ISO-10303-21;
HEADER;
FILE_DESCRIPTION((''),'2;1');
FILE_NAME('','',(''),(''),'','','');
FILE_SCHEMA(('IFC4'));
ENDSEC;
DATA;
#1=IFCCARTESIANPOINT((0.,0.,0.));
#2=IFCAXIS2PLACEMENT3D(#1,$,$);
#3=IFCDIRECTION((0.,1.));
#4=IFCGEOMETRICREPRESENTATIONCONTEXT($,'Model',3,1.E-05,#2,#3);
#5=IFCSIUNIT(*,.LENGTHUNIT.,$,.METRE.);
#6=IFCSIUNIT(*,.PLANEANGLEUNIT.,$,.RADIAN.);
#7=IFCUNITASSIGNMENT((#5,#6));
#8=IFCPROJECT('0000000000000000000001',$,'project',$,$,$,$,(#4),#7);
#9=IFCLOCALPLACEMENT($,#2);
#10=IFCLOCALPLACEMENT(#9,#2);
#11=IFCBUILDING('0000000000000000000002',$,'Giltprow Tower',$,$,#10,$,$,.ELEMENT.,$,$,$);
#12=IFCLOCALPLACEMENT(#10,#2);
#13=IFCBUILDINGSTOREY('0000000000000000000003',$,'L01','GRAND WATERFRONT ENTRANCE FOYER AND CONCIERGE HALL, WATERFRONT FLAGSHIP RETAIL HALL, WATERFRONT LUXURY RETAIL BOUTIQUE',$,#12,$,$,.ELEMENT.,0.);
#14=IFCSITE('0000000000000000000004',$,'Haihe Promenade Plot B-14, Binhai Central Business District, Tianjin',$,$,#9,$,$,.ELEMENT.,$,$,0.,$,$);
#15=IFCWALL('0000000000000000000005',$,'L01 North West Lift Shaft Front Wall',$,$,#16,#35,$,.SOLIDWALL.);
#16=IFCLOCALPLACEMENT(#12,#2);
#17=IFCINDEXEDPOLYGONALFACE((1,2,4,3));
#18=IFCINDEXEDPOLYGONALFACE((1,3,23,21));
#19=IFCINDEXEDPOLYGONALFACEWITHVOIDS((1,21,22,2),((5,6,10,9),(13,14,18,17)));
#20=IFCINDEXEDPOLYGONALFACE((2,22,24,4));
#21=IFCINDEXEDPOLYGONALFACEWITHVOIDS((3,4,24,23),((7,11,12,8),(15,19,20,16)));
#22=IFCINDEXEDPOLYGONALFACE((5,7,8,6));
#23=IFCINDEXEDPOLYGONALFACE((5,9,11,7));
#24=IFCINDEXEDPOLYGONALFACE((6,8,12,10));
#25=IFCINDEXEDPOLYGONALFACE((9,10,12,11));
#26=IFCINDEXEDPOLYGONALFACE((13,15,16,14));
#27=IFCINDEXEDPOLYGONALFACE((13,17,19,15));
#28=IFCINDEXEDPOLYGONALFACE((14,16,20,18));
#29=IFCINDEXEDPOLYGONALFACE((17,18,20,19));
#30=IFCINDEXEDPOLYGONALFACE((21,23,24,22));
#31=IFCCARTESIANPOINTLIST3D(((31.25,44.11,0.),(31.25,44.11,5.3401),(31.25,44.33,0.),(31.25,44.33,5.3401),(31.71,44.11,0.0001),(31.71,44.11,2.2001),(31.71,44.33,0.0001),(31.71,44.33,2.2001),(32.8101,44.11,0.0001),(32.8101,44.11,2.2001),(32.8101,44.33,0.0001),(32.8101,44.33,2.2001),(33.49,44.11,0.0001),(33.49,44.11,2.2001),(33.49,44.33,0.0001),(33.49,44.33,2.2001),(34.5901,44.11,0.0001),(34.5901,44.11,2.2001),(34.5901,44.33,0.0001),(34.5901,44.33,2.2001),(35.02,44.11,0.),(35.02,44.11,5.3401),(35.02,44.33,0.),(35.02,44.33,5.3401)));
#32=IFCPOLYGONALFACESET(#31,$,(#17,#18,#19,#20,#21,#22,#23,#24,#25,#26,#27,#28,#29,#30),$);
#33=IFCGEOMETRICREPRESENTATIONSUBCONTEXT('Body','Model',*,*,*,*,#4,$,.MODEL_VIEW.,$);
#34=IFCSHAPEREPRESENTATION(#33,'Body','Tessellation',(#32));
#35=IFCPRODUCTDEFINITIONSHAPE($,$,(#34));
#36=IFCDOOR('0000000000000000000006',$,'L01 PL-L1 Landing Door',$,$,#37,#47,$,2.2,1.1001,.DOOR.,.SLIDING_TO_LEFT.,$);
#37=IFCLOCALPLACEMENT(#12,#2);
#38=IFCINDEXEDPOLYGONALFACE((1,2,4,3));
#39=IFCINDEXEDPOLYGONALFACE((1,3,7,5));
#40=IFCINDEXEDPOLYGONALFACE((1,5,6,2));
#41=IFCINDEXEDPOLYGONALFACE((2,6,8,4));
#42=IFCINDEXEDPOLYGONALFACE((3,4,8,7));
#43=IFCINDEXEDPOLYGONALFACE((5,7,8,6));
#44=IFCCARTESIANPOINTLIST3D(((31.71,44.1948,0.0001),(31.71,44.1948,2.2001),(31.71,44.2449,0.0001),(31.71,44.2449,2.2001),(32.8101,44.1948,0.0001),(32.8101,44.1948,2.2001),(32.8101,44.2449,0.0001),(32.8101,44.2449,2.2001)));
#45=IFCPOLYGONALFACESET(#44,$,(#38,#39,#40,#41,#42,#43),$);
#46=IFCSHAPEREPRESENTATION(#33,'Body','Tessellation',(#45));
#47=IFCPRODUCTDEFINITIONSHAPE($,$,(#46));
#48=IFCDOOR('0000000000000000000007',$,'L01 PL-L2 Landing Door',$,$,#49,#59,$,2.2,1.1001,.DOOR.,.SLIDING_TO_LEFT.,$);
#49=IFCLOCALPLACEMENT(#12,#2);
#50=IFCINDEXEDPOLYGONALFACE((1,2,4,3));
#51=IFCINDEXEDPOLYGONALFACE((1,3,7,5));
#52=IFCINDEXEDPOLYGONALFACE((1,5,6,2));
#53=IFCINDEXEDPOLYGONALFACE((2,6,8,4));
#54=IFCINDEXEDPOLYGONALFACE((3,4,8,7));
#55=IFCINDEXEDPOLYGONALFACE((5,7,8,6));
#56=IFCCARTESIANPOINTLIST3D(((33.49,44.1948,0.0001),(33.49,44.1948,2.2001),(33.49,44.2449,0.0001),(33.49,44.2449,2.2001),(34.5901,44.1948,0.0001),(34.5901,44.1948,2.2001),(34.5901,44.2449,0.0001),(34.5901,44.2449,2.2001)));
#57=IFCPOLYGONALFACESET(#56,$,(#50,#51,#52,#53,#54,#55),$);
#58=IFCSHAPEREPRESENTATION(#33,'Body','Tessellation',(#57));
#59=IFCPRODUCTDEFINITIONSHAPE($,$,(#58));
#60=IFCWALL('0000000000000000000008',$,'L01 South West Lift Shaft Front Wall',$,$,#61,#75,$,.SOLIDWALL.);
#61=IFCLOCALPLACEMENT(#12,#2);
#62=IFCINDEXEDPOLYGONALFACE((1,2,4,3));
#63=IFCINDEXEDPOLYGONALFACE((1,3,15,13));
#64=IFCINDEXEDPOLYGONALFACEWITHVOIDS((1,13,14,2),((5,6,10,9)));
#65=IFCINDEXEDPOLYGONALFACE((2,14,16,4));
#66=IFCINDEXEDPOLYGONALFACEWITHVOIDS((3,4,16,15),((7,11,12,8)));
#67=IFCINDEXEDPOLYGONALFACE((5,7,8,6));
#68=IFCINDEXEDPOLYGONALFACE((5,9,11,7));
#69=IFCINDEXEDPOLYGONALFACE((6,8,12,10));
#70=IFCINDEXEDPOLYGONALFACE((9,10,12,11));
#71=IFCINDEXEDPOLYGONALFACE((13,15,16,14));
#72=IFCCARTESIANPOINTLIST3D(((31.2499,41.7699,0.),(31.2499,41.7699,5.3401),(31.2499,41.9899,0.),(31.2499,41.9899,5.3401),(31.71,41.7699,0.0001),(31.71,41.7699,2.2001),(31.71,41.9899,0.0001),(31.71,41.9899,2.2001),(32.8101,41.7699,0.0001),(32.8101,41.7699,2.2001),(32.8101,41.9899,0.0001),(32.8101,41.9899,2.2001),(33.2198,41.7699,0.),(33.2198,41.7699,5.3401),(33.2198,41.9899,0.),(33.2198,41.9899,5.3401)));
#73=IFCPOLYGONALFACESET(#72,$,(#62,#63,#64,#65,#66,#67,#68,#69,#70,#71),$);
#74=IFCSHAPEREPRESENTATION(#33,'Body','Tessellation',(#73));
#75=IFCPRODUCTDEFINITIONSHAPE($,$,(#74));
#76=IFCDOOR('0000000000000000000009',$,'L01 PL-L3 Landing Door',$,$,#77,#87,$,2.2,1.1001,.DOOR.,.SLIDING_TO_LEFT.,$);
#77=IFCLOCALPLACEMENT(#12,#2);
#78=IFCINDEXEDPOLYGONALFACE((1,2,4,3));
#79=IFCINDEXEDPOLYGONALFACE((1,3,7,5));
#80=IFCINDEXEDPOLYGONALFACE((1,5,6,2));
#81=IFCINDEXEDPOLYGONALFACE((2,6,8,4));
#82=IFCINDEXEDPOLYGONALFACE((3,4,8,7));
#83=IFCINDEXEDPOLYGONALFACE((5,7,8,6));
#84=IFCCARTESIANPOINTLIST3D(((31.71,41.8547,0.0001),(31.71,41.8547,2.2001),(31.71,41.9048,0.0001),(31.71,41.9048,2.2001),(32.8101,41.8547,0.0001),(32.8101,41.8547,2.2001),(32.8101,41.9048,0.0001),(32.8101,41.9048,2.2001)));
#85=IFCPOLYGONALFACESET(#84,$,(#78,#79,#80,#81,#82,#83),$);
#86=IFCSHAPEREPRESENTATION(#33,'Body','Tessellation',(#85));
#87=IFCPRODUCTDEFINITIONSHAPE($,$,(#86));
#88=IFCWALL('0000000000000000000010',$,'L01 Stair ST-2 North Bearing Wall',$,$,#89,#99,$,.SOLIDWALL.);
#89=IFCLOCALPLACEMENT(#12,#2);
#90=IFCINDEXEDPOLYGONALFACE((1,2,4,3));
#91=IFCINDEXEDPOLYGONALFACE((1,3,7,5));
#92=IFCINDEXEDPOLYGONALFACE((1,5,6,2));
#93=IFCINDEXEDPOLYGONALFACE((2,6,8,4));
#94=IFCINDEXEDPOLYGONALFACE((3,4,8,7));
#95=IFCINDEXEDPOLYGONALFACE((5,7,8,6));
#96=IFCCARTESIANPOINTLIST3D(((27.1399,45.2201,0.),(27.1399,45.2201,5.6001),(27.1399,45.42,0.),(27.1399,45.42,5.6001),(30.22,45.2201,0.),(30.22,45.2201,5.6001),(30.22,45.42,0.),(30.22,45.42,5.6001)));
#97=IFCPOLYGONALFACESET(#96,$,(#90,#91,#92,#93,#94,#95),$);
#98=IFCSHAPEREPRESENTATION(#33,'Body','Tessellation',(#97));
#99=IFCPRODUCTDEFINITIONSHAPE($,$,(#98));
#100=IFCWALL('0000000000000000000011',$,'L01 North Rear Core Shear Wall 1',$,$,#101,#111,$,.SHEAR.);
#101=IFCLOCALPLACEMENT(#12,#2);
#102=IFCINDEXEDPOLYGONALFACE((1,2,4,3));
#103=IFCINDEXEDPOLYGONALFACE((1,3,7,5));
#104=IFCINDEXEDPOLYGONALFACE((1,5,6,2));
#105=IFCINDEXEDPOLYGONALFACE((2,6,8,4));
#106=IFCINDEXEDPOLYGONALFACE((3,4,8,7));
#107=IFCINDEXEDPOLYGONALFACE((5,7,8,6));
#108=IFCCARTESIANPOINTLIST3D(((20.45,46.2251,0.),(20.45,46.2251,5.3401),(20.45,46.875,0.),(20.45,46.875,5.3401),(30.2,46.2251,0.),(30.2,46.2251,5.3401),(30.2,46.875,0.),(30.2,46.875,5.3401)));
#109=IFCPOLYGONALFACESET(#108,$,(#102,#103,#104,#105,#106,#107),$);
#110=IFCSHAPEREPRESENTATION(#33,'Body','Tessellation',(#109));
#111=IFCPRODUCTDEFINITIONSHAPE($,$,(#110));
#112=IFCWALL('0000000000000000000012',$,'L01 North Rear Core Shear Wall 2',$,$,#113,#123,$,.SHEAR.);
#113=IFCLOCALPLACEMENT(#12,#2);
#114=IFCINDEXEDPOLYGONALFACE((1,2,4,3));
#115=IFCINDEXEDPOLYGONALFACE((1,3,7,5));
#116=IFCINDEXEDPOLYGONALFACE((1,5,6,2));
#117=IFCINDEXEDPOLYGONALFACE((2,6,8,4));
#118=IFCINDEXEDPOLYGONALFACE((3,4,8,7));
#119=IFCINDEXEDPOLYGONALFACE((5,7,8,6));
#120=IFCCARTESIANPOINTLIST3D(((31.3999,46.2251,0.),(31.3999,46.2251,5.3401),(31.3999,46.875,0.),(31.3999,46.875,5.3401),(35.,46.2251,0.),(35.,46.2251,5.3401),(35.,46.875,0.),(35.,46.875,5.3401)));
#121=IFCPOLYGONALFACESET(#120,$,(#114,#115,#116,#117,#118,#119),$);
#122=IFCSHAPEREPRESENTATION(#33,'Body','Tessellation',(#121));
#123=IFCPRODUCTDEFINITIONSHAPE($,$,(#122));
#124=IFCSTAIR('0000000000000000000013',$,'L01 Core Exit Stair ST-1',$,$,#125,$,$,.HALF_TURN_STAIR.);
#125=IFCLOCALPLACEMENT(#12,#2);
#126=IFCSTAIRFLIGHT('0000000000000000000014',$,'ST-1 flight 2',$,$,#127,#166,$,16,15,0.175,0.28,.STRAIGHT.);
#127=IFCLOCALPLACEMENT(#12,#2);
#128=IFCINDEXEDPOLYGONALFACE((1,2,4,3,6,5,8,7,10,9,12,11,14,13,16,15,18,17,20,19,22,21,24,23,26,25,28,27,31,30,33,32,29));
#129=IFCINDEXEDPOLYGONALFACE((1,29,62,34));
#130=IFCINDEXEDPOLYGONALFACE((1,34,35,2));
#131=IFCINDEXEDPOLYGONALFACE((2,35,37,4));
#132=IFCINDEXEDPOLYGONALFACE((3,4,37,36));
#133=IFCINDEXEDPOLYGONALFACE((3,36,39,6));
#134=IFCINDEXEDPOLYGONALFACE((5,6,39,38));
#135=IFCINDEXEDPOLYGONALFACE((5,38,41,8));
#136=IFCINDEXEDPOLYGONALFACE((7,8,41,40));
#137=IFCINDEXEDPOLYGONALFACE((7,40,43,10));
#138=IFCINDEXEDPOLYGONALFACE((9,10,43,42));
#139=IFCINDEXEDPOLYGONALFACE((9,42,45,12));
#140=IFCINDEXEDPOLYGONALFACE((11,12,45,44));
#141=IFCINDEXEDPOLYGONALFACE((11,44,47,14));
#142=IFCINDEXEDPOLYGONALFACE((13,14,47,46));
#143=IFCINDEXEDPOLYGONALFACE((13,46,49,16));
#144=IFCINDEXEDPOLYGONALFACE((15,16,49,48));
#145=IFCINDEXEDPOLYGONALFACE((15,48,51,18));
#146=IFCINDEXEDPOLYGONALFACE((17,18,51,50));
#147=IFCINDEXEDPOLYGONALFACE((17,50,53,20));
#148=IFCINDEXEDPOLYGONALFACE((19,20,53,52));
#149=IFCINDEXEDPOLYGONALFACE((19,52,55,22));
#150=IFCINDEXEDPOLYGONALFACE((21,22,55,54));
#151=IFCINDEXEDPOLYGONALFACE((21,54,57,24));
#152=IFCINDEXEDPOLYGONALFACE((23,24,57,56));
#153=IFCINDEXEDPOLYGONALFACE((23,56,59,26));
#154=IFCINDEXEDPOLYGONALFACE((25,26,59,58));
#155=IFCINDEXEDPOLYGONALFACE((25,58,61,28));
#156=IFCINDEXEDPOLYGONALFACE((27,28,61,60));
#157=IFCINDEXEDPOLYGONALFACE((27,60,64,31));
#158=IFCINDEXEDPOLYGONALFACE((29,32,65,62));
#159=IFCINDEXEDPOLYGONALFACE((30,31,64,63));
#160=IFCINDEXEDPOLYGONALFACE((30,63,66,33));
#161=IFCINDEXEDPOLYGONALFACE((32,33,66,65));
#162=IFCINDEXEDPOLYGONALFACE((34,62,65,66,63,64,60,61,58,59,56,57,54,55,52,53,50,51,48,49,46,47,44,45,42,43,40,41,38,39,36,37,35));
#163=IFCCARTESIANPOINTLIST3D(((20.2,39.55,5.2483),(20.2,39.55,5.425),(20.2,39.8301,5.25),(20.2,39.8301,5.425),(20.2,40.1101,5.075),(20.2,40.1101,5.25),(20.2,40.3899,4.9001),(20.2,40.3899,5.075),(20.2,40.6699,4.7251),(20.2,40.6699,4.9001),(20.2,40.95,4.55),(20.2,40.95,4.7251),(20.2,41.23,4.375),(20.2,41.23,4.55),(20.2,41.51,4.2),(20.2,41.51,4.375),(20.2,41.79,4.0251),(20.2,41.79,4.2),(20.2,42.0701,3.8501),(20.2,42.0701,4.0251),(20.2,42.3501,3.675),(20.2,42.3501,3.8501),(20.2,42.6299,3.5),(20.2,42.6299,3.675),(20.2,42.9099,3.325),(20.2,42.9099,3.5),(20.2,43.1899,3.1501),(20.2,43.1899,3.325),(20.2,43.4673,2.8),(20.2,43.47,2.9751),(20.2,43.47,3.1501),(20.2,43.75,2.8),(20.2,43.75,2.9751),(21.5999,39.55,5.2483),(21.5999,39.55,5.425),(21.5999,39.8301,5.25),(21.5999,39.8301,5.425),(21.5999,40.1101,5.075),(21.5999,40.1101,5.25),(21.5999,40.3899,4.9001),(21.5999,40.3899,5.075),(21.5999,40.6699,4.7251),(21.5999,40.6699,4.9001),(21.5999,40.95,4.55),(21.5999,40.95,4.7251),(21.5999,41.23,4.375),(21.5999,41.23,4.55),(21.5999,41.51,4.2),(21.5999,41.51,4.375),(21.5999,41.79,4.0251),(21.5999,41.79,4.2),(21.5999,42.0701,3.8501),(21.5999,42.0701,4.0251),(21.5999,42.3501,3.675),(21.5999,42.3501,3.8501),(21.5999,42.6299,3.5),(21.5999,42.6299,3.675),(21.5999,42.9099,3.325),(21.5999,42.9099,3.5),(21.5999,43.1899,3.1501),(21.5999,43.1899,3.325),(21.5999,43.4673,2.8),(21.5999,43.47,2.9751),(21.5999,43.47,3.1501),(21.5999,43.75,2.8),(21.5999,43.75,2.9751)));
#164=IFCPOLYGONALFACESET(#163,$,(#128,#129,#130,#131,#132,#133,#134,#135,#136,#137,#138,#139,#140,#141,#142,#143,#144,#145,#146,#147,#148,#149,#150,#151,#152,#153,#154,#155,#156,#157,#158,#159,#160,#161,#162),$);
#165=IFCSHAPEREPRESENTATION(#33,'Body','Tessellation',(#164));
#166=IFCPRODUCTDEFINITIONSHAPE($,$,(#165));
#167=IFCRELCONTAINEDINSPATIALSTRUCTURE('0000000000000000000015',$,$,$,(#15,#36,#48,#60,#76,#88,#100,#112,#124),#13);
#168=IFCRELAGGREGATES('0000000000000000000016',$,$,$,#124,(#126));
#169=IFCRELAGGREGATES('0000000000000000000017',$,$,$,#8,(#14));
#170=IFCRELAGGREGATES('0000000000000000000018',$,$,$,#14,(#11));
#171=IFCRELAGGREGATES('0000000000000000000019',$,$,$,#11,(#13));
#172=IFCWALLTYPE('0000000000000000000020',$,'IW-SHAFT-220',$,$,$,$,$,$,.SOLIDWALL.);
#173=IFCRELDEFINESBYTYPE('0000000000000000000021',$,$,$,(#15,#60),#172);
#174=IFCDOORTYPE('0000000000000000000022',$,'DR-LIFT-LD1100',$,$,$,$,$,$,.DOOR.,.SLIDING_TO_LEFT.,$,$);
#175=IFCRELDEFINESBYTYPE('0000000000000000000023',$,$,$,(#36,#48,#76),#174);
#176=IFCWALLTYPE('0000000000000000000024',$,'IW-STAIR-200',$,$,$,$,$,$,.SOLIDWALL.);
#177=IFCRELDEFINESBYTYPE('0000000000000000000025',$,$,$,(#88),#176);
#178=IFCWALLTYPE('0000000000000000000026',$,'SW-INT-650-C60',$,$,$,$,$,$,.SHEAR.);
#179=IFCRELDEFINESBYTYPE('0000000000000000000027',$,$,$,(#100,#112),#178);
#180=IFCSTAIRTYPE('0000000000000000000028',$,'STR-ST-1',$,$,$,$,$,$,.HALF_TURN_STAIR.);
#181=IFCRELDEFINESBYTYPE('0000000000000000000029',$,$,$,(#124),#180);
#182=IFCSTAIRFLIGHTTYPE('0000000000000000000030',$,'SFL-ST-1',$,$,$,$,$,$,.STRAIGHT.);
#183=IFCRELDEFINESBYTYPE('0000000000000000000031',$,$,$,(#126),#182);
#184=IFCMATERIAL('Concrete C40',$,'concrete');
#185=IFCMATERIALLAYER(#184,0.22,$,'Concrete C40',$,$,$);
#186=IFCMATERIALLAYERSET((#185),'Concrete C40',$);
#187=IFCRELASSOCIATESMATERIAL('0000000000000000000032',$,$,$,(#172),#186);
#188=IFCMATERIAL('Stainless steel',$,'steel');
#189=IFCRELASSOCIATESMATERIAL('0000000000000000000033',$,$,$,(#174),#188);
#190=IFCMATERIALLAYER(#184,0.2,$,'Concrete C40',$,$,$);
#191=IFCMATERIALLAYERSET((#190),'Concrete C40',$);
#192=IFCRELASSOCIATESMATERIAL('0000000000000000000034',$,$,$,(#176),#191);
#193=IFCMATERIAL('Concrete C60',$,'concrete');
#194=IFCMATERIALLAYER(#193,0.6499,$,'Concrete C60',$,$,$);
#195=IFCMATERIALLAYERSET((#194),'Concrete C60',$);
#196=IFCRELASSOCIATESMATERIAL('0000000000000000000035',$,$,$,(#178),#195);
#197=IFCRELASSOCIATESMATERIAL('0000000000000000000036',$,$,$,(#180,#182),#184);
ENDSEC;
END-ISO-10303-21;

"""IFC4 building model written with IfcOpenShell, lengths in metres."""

from ifc_helpers import new_model, si_unit, direction, frame, frame_2d, origin, place, context, subcontext, project, spatial, polyline, rectangle, outline, extrude, source, transform, mapped, material, layer, layer_set, type_object, element, fill, aggregate, save


model = new_model("IFC4")

# Units and contexts
model_context = context("Model", 3, precision=1e-05, world=origin(), true_north=direction((0.0, 1.0)))
body_context = subcontext(model_context, "Body", "Model", "MODEL_VIEW")
ifc_project = project(units=[si_unit("LENGTHUNIT", "METRE"), si_unit("PLANEANGLEUNIT", "RADIAN")], contexts=[model_context])

# Site, building, storey
site_placement = place(None, origin())
site = spatial("IfcSite", under=ifc_project, at=site_placement, Name="Haihe Promenade Plot B-14, Binhai Central Business District, Tianjin", CompositionType="ELEMENT", RefElevation=0.0)
building_placement = place(site_placement, origin())
building = spatial("IfcBuilding", under=site, at=building_placement, Name="Giltprow Tower", CompositionType="ELEMENT")
storey_placement = place(building_placement, origin())
storey = spatial("IfcBuildingStorey", under=building, at=storey_placement, Name="L01", Description="GRAND WATERFRONT ENTRANCE FOYER AND CONCIERGE HALL, WATERFRONT FLAGSHIP RETAIL HALL, WATERFRONT LUXURY RETAIL BOUTIQUE", CompositionType="ELEMENT", Elevation=0.0)

# Shared definitions
ifc_material_1 = material(Name="Concrete C60", Category="concrete")

# Shared definitions
ifc_material_2 = material(Name="Concrete C40", Category="concrete")
ifc_layer_1 = layer(ifc_material_2, 0.22, Name="Concrete C40")
ifc_layer_set_1 = layer_set([ifc_layer_1], Name="Concrete C40")
wall_type_1 = type_object("IfcWallType", Name="IW-SHAFT-220", PredefinedType="SOLIDWALL", material=ifc_layer_set_1)

# Wall, openings, doors
wall_1_placement = place(storey_placement, frame((31.25, 44.22, 0.0), z_axis=(0.0, 0.0, 1.0), x_axis=(1.0, 0.0, 0.0)))
wall_1 = element("IfcWall", 1, at=wall_1_placement, inside=storey, type_object=wall_type_1, Name="L01 North West Lift Shaft Front Wall", PredefinedType="SOLIDWALL", context=body_context, shape_type="SweptSolid", body=[
    extrude(rectangle(XDim=3.77, YDim=0.22, at=frame_2d((1.885, 0.0))), origin(), (0.0, 0.0, 1.0), 5.3401),
])
opening_1_placement = place(wall_1_placement, frame((0.46, 0.0, 0.0)))
opening_1 = element("IfcOpeningElement", 2, at=opening_1_placement, cuts=wall_1, PredefinedType="OPENING", context=body_context, shape_type="SweptSolid", body=[
    extrude(rectangle(XDim=1.1001, YDim=2.2, at=frame_2d((0.55, 1.1001))), frame((0.0, 0.1199, 0.0), z_axis=(0.0, -1.0, 0.0), x_axis=(1.0, 0.0, 0.0)), (0.0, 0.0, 1.0), 0.24),
])
opening_2_placement = place(wall_1_placement, frame((2.24, 0.0, 0.0)))
opening_2 = element("IfcOpeningElement", 3, at=opening_2_placement, cuts=wall_1, PredefinedType="OPENING", context=body_context, shape_type="SweptSolid", body=[
    extrude(rectangle(XDim=1.1001, YDim=2.2, at=frame_2d((0.55, 1.1001))), frame((0.0, 0.1199, 0.0), z_axis=(0.0, -1.0, 0.0), x_axis=(1.0, 0.0, 0.0)), (0.0, 0.0, 1.0), 0.24),
])
ifc_material_3 = material(Name="Stainless steel", Category="steel")
door_type = type_object("IfcDoorType", Name="DR-LIFT-LD1100", OperationType="SLIDING_TO_LEFT", PredefinedType="DOOR", material=ifc_material_3)
shared_shape_1 = source(origin(), body_context, "Body", "SweptSolid", [
    extrude(rectangle(XDim=1.1001, YDim=2.2, at=frame_2d((0.55, 1.1001))), frame((0.0, 0.0249, 0.0), z_axis=(0.0, -1.0, 0.0), x_axis=(1.0, 0.0, 0.0)), (0.0, 0.0, 1.0), 0.05),
])
door_1_placement = place(opening_1_placement, origin())
door_1 = element("IfcDoor", 4, at=door_1_placement, inside=storey, type_object=door_type, Name="L01 PL-L1 Landing Door", OperationType="SLIDING_TO_LEFT", OverallHeight=2.2, OverallWidth=1.1001, PredefinedType="DOOR", context=body_context, shape_type="MappedRepresentation", body=[
    mapped(shared_shape_1, transform((0.0, 0.0, 0.0), x_axis=(1.0, 0.0, 0.0), y_axis=(0.0, 1.0, 0.0), z_axis=(0.0, 0.0, 1.0), scale=1.0)),
])
fill(opening_1, door_1)
door_2_placement = place(opening_2_placement, origin())
door_2 = element("IfcDoor", 5, at=door_2_placement, inside=storey, type_object=door_type, Name="L01 PL-L2 Landing Door", OperationType="SLIDING_TO_LEFT", OverallHeight=2.2, OverallWidth=1.1001, PredefinedType="DOOR", context=body_context, shape_type="MappedRepresentation", body=[
    mapped(shared_shape_1, transform((0.0, 0.0, 0.0), x_axis=(1.0, 0.0, 0.0), y_axis=(0.0, 1.0, 0.0), z_axis=(0.0, 0.0, 1.0), scale=1.0)),
])
fill(opening_2, door_2)

# Wall, opening, door
wall_2_placement = place(storey_placement, frame((31.25, 41.8799, 0.0), z_axis=(0.0, 0.0, 1.0), x_axis=(1.0, 0.0, 0.0)))
wall_2 = element("IfcWall", 6, at=wall_2_placement, inside=storey, type_object=wall_type_1, Name="L01 South West Lift Shaft Front Wall", PredefinedType="SOLIDWALL", context=body_context, shape_type="SweptSolid", body=[
    extrude(rectangle(XDim=1.97, YDim=0.22, at=frame_2d((0.9849, 0.0))), origin(), (0.0, 0.0, 1.0), 5.3401),
])
opening_3_placement = place(wall_2_placement, frame((0.46, 0.0, 0.0)))
opening_3 = element("IfcOpeningElement", 7, at=opening_3_placement, cuts=wall_2, PredefinedType="OPENING", context=body_context, shape_type="SweptSolid", body=[
    extrude(rectangle(XDim=1.1001, YDim=2.2, at=frame_2d((0.55, 1.1001))), frame((0.0, 0.1199, 0.0), z_axis=(0.0, -1.0, 0.0), x_axis=(1.0, 0.0, 0.0)), (0.0, 0.0, 1.0), 0.24),
])
door_3_placement = place(opening_3_placement, origin())
door_3 = element("IfcDoor", 8, at=door_3_placement, inside=storey, type_object=door_type, Name="L01 PL-L3 Landing Door", OperationType="SLIDING_TO_LEFT", OverallHeight=2.2, OverallWidth=1.1001, PredefinedType="DOOR", context=body_context, shape_type="MappedRepresentation", body=[
    mapped(shared_shape_1, transform((0.0, 0.0, 0.0), x_axis=(1.0, 0.0, 0.0), y_axis=(0.0, 1.0, 0.0), z_axis=(0.0, 0.0, 1.0), scale=1.0)),
])
fill(opening_3, door_3)

# Walls
ifc_layer_2 = layer(ifc_material_2, 0.2, Name="Concrete C40")
ifc_layer_set_2 = layer_set([ifc_layer_2], Name="Concrete C40")
wall_type_2 = type_object("IfcWallType", Name="IW-STAIR-200", PredefinedType="SOLIDWALL", material=ifc_layer_set_2)
wall_3_placement = place(storey_placement, frame((27.1399, 45.3201, 0.0), z_axis=(0.0, 0.0, 1.0), x_axis=(1.0, 0.0, 0.0)))
element("IfcWall", 9, at=wall_3_placement, inside=storey, type_object=wall_type_2, Name="L01 Stair ST-2 North Bearing Wall", PredefinedType="SOLIDWALL", context=body_context, shape_type="SweptSolid", body=[
    extrude(rectangle(XDim=3.0801, YDim=0.2, at=frame_2d((1.54, 0.0))), origin(), (0.0, 0.0, 1.0), 5.6001),
])
ifc_layer_3 = layer(ifc_material_1, 0.6499, Name="Concrete C60")
ifc_layer_set_3 = layer_set([ifc_layer_3], Name="Concrete C60")
wall_type_3 = type_object("IfcWallType", Name="SW-INT-650-C60", PredefinedType="SHEAR", material=ifc_layer_set_3)
wall_4_placement = place(storey_placement, frame((20.45, 46.55, 0.0), z_axis=(0.0, 0.0, 1.0), x_axis=(1.0, 0.0, 0.0)))
element("IfcWall", 10, at=wall_4_placement, inside=storey, type_object=wall_type_3, Name="L01 North Rear Core Shear Wall 1", PredefinedType="SHEAR", context=body_context, shape_type="SweptSolid", body=[
    extrude(rectangle(XDim=9.75, YDim=0.6499, at=frame_2d((4.875, 0.0))), origin(), (0.0, 0.0, 1.0), 5.3401),
])
wall_5_placement = place(storey_placement, frame((31.3999, 46.55, 0.0), z_axis=(0.0, 0.0, 1.0), x_axis=(1.0, 0.0, 0.0)))
element("IfcWall", 11, at=wall_5_placement, inside=storey, type_object=wall_type_3, Name="L01 North Rear Core Shear Wall 2", PredefinedType="SHEAR", context=body_context, shape_type="SweptSolid", body=[
    extrude(rectangle(XDim=3.6001, YDim=0.6499, at=frame_2d((1.8, 0.0))), origin(), (0.0, 0.0, 1.0), 5.3401),
])

# Stair, stair flight
stair_type_1 = type_object("IfcStairType", Name="STR-ST-1", PredefinedType="HALF_TURN_STAIR", material=ifc_material_2)
stair_1_placement = place(storey_placement, origin())
stair_1 = element("IfcStair", 12, at=stair_1_placement, inside=storey, type_object=stair_type_1, Name="L01 Core Exit Stair ST-1", PredefinedType="HALF_TURN_STAIR")
stair_flight_type_1 = type_object("IfcStairFlightType", Name="SFL-ST-1", PredefinedType="STRAIGHT", material=ifc_material_2)
stair_flight_1_placement = place(storey_placement, frame((20.8999, 43.75, 2.8), z_axis=(0.0, 0.0, 1.0), x_axis=(0.0, -1.0, 0.0)))
stair_flight_1 = element("IfcStairFlight", 13, at=stair_flight_1_placement, type_object=stair_flight_type_1, Name="ST-1 flight 2", NumberOfRisers=16, NumberOfTreads=15, PredefinedType="STRAIGHT", RiserHeight=0.175, TreadLength=0.28, context=body_context, shape_type="SweptSolid", body=[
    extrude(outline(polyline([(0.0, 0.0), (0.0, 0.175), (0.28, 0.175), (0.28, 0.3501), (0.5601, 0.3501), (0.5601, 0.5249), (0.8401, 0.5249), (0.8401, 0.7), (1.1201, 0.7), (1.1201, 0.875), (1.3999, 0.875), (1.3999, 1.05), (1.6799, 1.05), (1.6799, 1.2251), (1.96, 1.2251), (1.96, 1.3999), (2.24, 1.3999), (2.24, 1.575), (2.52, 1.575), (2.52, 1.75), (2.8, 1.75), (2.8, 1.925), (3.0801, 1.925), (3.0801, 2.1001), (3.3601, 2.1001), (3.3601, 2.2749), (3.6399, 2.2749), (3.6399, 2.45), (3.9199, 2.45), (3.9199, 2.625), (4.2, 2.625), (4.2, 2.8), (4.2, 2.4482), (0.2827, 0.0), (0.0, 0.0)])), frame((0.0, 0.7, 0.0), z_axis=(0.0, -1.0, 0.0), x_axis=(1.0, 0.0, 0.0)), (0.0, 0.0, 1.0), 1.3999),
])
aggregate(stair_1, [stair_flight_1])

save(model, "model.ifc")
